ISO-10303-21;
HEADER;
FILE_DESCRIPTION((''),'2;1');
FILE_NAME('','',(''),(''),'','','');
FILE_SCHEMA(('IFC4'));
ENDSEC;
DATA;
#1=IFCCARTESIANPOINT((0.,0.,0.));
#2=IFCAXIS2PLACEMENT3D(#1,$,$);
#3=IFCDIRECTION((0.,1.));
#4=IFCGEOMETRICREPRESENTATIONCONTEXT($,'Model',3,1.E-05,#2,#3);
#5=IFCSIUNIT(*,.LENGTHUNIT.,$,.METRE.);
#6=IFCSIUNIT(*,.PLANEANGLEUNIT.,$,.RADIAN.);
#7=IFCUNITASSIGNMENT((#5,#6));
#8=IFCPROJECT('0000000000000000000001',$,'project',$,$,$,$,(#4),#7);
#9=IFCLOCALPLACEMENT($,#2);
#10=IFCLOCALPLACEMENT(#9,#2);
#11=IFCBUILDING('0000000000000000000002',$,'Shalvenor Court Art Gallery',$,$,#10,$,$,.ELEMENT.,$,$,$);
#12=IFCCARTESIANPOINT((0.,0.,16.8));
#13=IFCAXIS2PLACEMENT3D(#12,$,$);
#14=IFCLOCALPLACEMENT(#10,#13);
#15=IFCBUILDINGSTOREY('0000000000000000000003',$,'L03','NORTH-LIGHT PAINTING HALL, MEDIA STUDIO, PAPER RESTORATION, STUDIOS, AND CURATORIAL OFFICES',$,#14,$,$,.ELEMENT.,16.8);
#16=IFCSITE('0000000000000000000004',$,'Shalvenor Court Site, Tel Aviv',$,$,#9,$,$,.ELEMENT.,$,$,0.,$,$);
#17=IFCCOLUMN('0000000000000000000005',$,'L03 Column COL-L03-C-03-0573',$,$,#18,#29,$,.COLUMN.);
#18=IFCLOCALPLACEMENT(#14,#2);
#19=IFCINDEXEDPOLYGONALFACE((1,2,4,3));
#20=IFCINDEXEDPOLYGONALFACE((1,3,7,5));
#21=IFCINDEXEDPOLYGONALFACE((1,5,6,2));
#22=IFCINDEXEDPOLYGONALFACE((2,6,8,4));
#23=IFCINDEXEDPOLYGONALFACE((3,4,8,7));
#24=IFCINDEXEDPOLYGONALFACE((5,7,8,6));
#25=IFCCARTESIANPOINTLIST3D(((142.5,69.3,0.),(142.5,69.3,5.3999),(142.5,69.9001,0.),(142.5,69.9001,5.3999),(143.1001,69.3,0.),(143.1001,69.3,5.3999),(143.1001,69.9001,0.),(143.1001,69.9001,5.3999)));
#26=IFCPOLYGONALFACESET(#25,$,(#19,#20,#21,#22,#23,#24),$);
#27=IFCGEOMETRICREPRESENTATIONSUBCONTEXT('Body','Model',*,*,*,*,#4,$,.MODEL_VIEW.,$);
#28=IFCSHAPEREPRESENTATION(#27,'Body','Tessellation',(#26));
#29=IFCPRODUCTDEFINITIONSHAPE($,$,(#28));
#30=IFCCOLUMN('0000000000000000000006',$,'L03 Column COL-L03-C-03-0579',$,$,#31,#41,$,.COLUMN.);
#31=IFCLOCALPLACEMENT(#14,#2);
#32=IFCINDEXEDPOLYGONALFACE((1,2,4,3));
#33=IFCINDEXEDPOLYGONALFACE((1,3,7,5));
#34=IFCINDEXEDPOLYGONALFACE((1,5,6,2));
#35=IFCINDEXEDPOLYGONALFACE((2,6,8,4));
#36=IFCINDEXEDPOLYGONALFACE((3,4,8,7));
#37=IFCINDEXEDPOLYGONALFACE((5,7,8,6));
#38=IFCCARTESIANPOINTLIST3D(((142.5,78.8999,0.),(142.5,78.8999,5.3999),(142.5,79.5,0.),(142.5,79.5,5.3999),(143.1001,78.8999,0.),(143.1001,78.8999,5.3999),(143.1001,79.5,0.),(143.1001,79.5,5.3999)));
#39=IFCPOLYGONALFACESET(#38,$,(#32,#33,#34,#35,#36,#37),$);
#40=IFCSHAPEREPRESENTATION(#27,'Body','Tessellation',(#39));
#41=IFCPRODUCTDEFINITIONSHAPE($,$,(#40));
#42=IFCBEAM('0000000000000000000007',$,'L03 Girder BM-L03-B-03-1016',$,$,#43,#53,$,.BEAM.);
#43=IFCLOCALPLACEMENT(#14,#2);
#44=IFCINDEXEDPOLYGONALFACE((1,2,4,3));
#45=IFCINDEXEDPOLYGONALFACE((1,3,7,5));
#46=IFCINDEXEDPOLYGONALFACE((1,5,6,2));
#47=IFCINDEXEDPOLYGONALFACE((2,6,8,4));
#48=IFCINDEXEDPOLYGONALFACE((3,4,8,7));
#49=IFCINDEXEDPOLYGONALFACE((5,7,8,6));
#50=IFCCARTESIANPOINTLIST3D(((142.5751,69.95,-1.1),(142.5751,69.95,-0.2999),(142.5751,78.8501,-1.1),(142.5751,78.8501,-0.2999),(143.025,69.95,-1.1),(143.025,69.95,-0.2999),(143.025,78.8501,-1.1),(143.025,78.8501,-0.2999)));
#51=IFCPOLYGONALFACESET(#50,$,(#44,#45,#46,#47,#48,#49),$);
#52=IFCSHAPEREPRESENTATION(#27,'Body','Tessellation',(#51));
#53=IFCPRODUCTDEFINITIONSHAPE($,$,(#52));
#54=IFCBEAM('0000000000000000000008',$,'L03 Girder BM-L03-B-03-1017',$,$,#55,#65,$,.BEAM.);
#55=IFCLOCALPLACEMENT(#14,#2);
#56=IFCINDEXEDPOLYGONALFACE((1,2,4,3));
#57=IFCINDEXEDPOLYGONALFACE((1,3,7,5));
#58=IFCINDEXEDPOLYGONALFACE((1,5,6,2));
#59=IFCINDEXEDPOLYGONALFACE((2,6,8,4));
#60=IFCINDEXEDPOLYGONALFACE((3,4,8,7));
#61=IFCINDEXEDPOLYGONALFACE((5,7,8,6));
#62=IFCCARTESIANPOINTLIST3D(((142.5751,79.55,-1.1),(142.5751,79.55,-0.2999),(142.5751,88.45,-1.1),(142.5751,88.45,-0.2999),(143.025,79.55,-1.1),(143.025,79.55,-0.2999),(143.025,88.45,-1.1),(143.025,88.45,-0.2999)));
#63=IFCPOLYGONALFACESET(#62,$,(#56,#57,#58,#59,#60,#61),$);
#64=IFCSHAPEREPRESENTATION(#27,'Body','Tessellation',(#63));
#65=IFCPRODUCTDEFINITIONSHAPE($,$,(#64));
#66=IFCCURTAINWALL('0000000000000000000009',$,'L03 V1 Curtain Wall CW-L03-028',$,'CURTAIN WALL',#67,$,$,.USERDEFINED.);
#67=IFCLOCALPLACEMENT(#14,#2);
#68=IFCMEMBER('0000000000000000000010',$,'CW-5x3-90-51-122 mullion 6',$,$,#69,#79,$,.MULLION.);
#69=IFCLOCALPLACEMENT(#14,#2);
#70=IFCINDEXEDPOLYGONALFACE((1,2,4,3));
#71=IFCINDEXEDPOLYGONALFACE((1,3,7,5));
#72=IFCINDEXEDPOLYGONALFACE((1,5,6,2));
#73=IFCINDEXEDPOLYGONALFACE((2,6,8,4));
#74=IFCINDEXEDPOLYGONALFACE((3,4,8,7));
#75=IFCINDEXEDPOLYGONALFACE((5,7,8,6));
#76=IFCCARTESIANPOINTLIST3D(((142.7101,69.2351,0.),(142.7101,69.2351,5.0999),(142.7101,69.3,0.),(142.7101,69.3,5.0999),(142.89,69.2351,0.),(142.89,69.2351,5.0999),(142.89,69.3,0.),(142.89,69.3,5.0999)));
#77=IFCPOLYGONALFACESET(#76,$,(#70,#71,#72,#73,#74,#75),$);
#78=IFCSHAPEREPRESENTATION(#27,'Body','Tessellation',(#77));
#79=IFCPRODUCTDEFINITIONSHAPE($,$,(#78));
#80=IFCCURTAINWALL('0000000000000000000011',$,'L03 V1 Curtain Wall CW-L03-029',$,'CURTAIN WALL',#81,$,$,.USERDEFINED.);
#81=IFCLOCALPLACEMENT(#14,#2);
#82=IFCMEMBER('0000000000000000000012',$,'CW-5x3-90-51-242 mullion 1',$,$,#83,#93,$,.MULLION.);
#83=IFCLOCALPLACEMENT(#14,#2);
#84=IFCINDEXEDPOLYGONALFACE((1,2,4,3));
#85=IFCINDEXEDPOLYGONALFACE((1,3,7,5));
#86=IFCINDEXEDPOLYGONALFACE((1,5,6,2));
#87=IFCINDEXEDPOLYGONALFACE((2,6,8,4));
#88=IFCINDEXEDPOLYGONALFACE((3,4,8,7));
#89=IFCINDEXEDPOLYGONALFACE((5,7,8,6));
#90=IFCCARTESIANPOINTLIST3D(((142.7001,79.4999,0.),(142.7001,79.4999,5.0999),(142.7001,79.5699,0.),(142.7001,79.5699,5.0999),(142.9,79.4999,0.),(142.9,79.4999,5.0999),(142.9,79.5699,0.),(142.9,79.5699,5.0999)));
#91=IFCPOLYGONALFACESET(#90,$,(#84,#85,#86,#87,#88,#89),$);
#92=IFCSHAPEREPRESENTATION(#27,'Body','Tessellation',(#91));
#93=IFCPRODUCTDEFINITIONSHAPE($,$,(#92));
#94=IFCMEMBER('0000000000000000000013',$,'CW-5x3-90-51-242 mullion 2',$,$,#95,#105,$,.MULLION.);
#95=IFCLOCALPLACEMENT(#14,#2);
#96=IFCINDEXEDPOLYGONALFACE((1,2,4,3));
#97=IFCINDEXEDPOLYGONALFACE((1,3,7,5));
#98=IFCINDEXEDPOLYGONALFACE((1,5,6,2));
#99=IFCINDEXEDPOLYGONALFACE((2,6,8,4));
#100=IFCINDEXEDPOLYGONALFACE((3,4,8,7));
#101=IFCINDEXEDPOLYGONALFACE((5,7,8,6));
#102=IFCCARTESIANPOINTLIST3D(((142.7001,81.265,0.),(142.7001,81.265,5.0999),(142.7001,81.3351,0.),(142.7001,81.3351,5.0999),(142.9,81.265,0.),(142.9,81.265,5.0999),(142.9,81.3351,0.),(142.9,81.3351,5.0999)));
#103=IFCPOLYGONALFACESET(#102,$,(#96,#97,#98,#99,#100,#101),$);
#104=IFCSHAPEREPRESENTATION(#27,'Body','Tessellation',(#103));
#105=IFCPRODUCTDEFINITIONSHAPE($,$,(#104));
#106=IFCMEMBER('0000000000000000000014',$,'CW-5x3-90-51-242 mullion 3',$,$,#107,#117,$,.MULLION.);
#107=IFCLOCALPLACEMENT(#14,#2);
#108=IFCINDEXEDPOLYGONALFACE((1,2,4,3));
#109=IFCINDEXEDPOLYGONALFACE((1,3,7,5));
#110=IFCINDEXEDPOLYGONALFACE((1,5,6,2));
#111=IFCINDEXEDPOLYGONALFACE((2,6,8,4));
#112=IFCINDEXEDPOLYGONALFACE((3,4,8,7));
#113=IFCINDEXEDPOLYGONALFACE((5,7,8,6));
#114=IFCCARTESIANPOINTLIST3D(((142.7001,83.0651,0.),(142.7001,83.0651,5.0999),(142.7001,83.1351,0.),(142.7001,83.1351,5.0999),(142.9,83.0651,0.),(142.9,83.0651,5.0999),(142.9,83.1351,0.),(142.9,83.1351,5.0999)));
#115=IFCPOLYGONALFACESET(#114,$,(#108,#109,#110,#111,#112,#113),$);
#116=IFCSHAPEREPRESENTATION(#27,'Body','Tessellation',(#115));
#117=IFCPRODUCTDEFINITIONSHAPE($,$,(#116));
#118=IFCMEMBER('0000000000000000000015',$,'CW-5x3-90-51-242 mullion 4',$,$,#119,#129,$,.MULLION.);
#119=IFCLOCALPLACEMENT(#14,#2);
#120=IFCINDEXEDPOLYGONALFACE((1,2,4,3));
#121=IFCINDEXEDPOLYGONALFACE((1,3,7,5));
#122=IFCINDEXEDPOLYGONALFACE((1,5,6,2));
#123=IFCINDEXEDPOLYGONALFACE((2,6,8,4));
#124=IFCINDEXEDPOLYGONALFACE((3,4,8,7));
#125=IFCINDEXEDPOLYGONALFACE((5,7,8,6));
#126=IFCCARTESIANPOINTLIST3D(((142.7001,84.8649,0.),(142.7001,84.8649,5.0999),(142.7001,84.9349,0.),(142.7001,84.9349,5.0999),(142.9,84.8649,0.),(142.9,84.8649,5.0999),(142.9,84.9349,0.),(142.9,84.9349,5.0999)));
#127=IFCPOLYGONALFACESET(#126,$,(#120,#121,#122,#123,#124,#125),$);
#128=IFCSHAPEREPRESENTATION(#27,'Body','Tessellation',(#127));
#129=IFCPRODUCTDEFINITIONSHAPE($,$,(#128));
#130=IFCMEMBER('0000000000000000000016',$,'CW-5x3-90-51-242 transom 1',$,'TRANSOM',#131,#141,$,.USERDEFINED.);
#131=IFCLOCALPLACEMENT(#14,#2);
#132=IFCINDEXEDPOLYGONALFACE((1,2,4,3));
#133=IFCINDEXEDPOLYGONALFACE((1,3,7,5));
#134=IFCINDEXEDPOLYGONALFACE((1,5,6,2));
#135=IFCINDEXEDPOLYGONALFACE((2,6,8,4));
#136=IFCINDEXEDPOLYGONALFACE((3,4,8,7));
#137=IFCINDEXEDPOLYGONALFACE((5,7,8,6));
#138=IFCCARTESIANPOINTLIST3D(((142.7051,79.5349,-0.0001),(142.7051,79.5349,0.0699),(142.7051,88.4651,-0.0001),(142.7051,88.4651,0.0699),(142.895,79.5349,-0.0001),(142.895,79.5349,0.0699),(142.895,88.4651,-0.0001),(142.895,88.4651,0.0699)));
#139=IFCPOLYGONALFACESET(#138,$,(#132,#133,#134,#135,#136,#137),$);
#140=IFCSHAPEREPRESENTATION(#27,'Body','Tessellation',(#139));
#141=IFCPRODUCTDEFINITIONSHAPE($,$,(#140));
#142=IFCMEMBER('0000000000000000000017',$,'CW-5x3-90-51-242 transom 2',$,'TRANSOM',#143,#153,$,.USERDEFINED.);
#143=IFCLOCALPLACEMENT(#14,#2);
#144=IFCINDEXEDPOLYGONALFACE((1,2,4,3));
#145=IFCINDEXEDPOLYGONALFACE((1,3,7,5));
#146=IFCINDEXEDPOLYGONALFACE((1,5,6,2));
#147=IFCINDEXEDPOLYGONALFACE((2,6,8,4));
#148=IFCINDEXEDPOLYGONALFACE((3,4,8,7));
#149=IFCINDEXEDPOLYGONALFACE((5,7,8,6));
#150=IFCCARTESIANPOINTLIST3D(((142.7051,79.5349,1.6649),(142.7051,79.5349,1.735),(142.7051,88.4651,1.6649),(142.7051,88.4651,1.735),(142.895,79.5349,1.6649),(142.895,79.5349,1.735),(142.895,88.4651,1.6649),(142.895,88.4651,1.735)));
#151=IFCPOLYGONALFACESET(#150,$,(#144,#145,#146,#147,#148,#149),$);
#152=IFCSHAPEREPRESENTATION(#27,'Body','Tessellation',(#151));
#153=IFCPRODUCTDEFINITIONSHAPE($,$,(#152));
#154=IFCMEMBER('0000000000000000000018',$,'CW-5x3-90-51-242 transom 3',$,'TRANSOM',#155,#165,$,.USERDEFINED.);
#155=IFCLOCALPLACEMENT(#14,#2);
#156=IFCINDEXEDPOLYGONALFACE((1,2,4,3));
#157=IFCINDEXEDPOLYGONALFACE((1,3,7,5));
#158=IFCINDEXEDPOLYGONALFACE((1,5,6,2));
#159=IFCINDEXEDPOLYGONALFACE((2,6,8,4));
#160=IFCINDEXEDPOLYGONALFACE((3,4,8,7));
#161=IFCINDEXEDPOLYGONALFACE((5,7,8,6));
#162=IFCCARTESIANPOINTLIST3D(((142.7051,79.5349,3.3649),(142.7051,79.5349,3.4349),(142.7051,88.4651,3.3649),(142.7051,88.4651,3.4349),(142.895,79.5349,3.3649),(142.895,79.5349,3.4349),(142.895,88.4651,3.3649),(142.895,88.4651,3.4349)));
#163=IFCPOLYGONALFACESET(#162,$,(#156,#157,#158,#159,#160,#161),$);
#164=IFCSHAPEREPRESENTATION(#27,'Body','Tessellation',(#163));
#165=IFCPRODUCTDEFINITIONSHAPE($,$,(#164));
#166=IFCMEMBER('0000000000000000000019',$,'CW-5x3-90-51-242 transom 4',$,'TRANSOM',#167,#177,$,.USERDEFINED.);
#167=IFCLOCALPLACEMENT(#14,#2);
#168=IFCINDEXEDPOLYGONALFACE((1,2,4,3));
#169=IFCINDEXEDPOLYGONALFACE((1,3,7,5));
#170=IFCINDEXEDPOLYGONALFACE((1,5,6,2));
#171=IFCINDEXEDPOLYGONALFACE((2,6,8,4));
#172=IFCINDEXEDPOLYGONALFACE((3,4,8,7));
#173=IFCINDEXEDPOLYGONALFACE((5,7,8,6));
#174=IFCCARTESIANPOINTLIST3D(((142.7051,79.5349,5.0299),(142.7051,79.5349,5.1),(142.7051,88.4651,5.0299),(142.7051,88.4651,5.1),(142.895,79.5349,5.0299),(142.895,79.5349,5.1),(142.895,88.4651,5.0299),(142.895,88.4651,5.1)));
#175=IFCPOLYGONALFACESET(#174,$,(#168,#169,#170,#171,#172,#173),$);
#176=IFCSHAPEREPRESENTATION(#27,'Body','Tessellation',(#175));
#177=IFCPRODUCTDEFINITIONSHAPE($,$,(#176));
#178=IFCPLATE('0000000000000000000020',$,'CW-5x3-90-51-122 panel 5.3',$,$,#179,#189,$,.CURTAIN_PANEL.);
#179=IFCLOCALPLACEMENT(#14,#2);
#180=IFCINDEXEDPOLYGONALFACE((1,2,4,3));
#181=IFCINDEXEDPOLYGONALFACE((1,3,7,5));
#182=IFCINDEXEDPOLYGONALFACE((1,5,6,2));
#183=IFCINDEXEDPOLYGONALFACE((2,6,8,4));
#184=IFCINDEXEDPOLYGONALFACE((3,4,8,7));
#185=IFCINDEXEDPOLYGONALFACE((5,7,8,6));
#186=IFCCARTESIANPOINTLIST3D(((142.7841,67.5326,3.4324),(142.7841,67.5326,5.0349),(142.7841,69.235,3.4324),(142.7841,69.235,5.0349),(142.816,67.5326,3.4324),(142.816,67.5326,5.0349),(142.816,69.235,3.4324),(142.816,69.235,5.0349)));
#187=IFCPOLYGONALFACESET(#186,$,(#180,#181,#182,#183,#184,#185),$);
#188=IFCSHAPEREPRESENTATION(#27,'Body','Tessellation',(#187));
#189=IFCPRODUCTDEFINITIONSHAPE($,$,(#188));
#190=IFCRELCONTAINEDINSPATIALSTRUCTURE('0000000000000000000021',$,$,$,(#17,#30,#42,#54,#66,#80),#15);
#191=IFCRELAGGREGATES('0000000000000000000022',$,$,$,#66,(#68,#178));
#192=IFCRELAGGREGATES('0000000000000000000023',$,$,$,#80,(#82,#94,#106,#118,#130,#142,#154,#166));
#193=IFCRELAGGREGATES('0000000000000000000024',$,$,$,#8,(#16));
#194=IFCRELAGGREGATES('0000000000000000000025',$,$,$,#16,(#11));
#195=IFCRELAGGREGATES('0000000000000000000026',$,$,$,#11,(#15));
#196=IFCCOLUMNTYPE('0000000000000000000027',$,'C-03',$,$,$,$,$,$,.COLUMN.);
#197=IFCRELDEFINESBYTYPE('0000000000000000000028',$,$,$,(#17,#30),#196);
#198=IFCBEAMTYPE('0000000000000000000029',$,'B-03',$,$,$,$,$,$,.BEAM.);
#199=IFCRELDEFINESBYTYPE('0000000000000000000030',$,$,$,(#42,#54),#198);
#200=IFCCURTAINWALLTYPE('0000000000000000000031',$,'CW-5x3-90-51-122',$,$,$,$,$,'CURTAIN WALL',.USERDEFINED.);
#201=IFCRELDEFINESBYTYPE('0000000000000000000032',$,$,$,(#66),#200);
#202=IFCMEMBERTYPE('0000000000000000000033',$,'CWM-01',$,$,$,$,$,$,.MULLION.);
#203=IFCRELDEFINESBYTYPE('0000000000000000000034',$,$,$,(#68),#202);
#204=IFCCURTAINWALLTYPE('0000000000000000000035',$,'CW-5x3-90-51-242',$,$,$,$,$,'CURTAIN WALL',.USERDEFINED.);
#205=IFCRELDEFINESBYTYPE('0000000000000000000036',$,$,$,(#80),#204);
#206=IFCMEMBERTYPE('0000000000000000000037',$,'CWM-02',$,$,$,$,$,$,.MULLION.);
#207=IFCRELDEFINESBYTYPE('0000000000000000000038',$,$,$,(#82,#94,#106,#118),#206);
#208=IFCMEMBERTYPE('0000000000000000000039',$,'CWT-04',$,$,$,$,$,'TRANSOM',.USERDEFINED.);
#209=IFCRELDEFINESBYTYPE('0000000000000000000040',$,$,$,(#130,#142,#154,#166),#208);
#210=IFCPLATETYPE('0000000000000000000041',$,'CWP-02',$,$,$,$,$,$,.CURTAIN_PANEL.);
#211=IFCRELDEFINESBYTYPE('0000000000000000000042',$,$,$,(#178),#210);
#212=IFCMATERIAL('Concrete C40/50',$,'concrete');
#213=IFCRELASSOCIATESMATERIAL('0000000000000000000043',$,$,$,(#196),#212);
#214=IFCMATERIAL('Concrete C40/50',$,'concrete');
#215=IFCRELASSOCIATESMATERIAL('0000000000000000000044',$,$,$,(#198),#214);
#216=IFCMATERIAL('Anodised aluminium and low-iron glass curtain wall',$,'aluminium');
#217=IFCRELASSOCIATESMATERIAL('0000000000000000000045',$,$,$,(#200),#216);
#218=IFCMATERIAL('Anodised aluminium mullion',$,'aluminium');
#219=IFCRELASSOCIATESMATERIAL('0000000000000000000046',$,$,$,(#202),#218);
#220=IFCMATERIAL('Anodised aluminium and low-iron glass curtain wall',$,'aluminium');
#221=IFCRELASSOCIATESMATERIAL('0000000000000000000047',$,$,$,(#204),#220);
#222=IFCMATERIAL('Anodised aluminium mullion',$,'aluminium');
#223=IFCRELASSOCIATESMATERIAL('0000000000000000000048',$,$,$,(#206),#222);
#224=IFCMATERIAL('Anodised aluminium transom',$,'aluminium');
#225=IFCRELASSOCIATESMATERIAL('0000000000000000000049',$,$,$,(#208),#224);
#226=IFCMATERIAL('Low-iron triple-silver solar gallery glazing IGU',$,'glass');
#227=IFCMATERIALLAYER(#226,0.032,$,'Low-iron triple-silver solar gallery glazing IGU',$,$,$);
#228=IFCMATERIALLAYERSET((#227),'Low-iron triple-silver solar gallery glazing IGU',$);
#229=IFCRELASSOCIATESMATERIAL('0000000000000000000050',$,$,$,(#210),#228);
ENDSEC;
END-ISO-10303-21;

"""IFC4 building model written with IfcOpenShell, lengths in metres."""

from ifc_helpers import new_model, si_unit, direction, frame, origin, origin_2d, place, context, subcontext, project, spatial, rectangle, extrude, material, layer, layer_set, material_profile, profile_set, type_object, element, aggregate, save


model = new_model("IFC4")

# Units and contexts
model_context = context("Model", 3, precision=1e-05, world=origin(), true_north=direction((0.0, 1.0)))
body_context = subcontext(model_context, "Body", "Model", "MODEL_VIEW")
ifc_project = project(units=[si_unit("LENGTHUNIT", "METRE"), si_unit("PLANEANGLEUNIT", "RADIAN")], contexts=[model_context])

# Site, building, storey
site_placement = place(None, origin())
site = spatial("IfcSite", under=ifc_project, at=site_placement, Name="Shalvenor Court Site, Tel Aviv", CompositionType="ELEMENT", RefElevation=0.0)
building_placement = place(site_placement, origin())
building = spatial("IfcBuilding", under=site, at=building_placement, Name="Shalvenor Court Art Gallery", CompositionType="ELEMENT")
storey_placement = place(building_placement, frame((0.0, 0.0, 16.8)))
storey = spatial("IfcBuildingStorey", under=building, at=storey_placement, Name="L03", Description="NORTH-LIGHT PAINTING HALL, MEDIA STUDIO, PAPER RESTORATION, STUDIOS, AND CURATORIAL OFFICES", CompositionType="ELEMENT", Elevation=16.8)

# Columns
ifc_material_1 = material(Name="Concrete C40/50", Category="concrete")
ifc_material_profile_1 = material_profile(ifc_material_1, rectangle(XDim=0.6001, YDim=0.6001, at=origin_2d()), Name="RC 600x600")
ifc_profile_set_1 = profile_set([ifc_material_profile_1], Name="Concrete C40/50")
column_type = type_object("IfcColumnType", Name="C-03", PredefinedType="COLUMN", material=ifc_profile_set_1)
for number, where, z_axis, x_axis, name in (
    (1, (142.8, 69.6001, 0.0), (0.0, 0.0, 1.0), (1.0, 0.0, 0.0), "L03 Column COL-L03-C-03-0573"),
    (2, (142.8, 79.2, 0.0), (0.0, 0.0, 1.0), (1.0, 0.0, 0.0), "L03 Column COL-L03-C-03-0579"),
):
    element("IfcColumn", number, at=place(storey_placement, frame(where, z_axis=z_axis, x_axis=x_axis)), inside=storey, type_object=column_type, Name=name, PredefinedType="COLUMN", context=body_context, shape_type="SweptSolid", body=[
        extrude(rectangle(XDim=0.6001, YDim=0.6001, at=origin_2d()), origin(), (0.0, 0.0, 1.0), 5.3999),
    ])

# Beams
ifc_material_2 = material(Name="Concrete C40/50", Category="concrete")
ifc_material_profile_2 = material_profile(ifc_material_2, rectangle(XDim=0.45, YDim=0.8, at=origin_2d()), Name="RC 450x800")
ifc_profile_set_2 = profile_set([ifc_material_profile_2], Name="Concrete C40/50")
beam_type = type_object("IfcBeamType", Name="B-03", PredefinedType="BEAM", material=ifc_profile_set_2)
beam_1_placement = place(storey_placement, frame((142.8, 69.95, -0.7), z_axis=(0.0, 1.0, 0.0), x_axis=(-1.0, 0.0, 0.0)))
element("IfcBeam", 3, at=beam_1_placement, inside=storey, type_object=beam_type, Name="L03 Girder BM-L03-B-03-1016", PredefinedType="BEAM", context=body_context, shape_type="SweptSolid", body=[
    extrude(rectangle(XDim=0.45, YDim=0.8, at=origin_2d()), origin(), (0.0, 0.0, 1.0), 8.9001),
])
beam_2_placement = place(storey_placement, frame((142.8, 79.55, -0.7), z_axis=(0.0, 1.0, 0.0), x_axis=(-1.0, 0.0, 0.0)))
element("IfcBeam", 4, at=beam_2_placement, inside=storey, type_object=beam_type, Name="L03 Girder BM-L03-B-03-1017", PredefinedType="BEAM", context=body_context, shape_type="SweptSolid", body=[
    extrude(rectangle(XDim=0.45, YDim=0.8, at=origin_2d()), origin(), (0.0, 0.0, 1.0), 8.8999),
])

# Curtain wall, member
ifc_material_3 = material(Name="Anodised aluminium and low-iron glass curtain wall", Category="aluminium")
curtain_wall_type_1 = type_object("IfcCurtainWallType", Name="CW-5x3-90-51-122", ElementType="CURTAIN WALL", PredefinedType="USERDEFINED", material=ifc_material_3)
curtain_wall_1_placement = place(storey_placement, origin())
curtain_wall_1 = element("IfcCurtainWall", 5, at=curtain_wall_1_placement, inside=storey, type_object=curtain_wall_type_1, Name="L03 V1 Curtain Wall CW-L03-028", ObjectType="CURTAIN WALL", PredefinedType="USERDEFINED")
ifc_material_4 = material(Name="Anodised aluminium mullion", Category="aluminium")
ifc_material_profile_3 = material_profile(ifc_material_4, rectangle(XDim=0.0649, YDim=0.1799, at=origin_2d()), Name="CWM-01")
ifc_profile_set_3 = profile_set([ifc_material_profile_3], Name="Anodised aluminium mullion")
member_type_1 = type_object("IfcMemberType", Name="CWM-01", PredefinedType="MULLION", material=ifc_profile_set_3)
member_1_placement = place(storey_placement, frame((142.8, 69.2676, 0.0), z_axis=(0.0, 0.0, 1.0), x_axis=(0.0, 1.0, 0.0)))
member_1 = element("IfcMember", 6, at=member_1_placement, type_object=member_type_1, Name="CW-5x3-90-51-122 mullion 6", PredefinedType="MULLION", context=body_context, shape_type="SweptSolid", body=[
    extrude(rectangle(XDim=0.0649, YDim=0.1799, at=origin_2d()), origin(), (0.0, 0.0, 1.0), 5.0999),
])

# Curtain wall, members
ifc_material_5 = material(Name="Anodised aluminium and low-iron glass curtain wall", Category="aluminium")
curtain_wall_type_2 = type_object("IfcCurtainWallType", Name="CW-5x3-90-51-242", ElementType="CURTAIN WALL", PredefinedType="USERDEFINED", material=ifc_material_5)
curtain_wall_2_placement = place(storey_placement, origin())
curtain_wall_2 = element("IfcCurtainWall", 7, at=curtain_wall_2_placement, inside=storey, type_object=curtain_wall_type_2, Name="L03 V1 Curtain Wall CW-L03-029", ObjectType="CURTAIN WALL", PredefinedType="USERDEFINED")
ifc_material_6 = material(Name="Anodised aluminium mullion", Category="aluminium")
ifc_material_profile_4 = material_profile(ifc_material_6, rectangle(XDim=0.0701, YDim=0.2, at=origin_2d()), Name="CWM-02")
ifc_profile_set_4 = profile_set([ifc_material_profile_4], Name="Anodised aluminium mullion")
member_type_2 = type_object("IfcMemberType", Name="CWM-02", PredefinedType="MULLION", material=ifc_profile_set_4)
member_2_placement = place(storey_placement, frame((142.8, 79.5349, 0.0), z_axis=(0.0, 0.0, 1.0), x_axis=(0.0, 1.0, 0.0)))
member_2 = element("IfcMember", 8, at=member_2_placement, type_object=member_type_2, Name="CW-5x3-90-51-242 mullion 1", PredefinedType="MULLION", context=body_context, shape_type="SweptSolid", body=[
    extrude(rectangle(XDim=0.0701, YDim=0.2, at=origin_2d()), origin(), (0.0, 0.0, 1.0), 5.0999),
])
member_3_placement = place(storey_placement, frame((142.8, 81.3, 0.0), z_axis=(0.0, 0.0, 1.0), x_axis=(0.0, 1.0, 0.0)))
member_3 = element("IfcMember", 9, at=member_3_placement, type_object=member_type_2, Name="CW-5x3-90-51-242 mullion 2", PredefinedType="MULLION", context=body_context, shape_type="SweptSolid", body=[
    extrude(rectangle(XDim=0.0701, YDim=0.2, at=origin_2d()), origin(), (0.0, 0.0, 1.0), 5.0999),
])
member_4_placement = place(storey_placement, frame((142.8, 83.1001, 0.0), z_axis=(0.0, 0.0, 1.0), x_axis=(0.0, 1.0, 0.0)))
member_4 = element("IfcMember", 10, at=member_4_placement, type_object=member_type_2, Name="CW-5x3-90-51-242 mullion 3", PredefinedType="MULLION", context=body_context, shape_type="SweptSolid", body=[
    extrude(rectangle(XDim=0.0701, YDim=0.2, at=origin_2d()), origin(), (0.0, 0.0, 1.0), 5.0999),
])
member_5_placement = place(storey_placement, frame((142.8, 84.8999, 0.0), z_axis=(0.0, 0.0, 1.0), x_axis=(0.0, 1.0, 0.0)))
member_5 = element("IfcMember", 11, at=member_5_placement, type_object=member_type_2, Name="CW-5x3-90-51-242 mullion 4", PredefinedType="MULLION", context=body_context, shape_type="SweptSolid", body=[
    extrude(rectangle(XDim=0.0701, YDim=0.2, at=origin_2d()), origin(), (0.0, 0.0, 1.0), 5.0999),
])
ifc_material_7 = material(Name="Anodised aluminium transom", Category="aluminium")
ifc_material_profile_5 = material_profile(ifc_material_7, rectangle(XDim=0.1899, YDim=0.0701, at=origin_2d()), Name="CWT-04")
ifc_profile_set_5 = profile_set([ifc_material_profile_5], Name="Anodised aluminium transom")
member_type_3 = type_object("IfcMemberType", Name="CWT-04", ElementType="TRANSOM", PredefinedType="USERDEFINED", material=ifc_profile_set_5)
member_6_placement = place(storey_placement, frame((142.8, 79.5349, 0.0349), z_axis=(0.0, 1.0, 0.0), x_axis=(-1.0, 0.0, 0.0)))
member_6 = element("IfcMember", 12, at=member_6_placement, type_object=member_type_3, Name="CW-5x3-90-51-242 transom 1", ObjectType="TRANSOM", PredefinedType="USERDEFINED", context=body_context, shape_type="SweptSolid", body=[
    extrude(rectangle(XDim=0.1899, YDim=0.0701, at=origin_2d()), origin(), (0.0, 0.0, 1.0), 8.9302),
])
member_7_placement = place(storey_placement, frame((142.8, 79.5349, 1.7), z_axis=(0.0, 1.0, 0.0), x_axis=(-1.0, 0.0, 0.0)))
member_7 = element("IfcMember", 13, at=member_7_placement, type_object=member_type_3, Name="CW-5x3-90-51-242 transom 2", ObjectType="TRANSOM", PredefinedType="USERDEFINED", context=body_context, shape_type="SweptSolid", body=[
    extrude(rectangle(XDim=0.1899, YDim=0.0701, at=origin_2d()), origin(), (0.0, 0.0, 1.0), 8.9302),
])
member_8_placement = place(storey_placement, frame((142.8, 79.5349, 3.3999), z_axis=(0.0, 1.0, 0.0), x_axis=(-1.0, 0.0, 0.0)))
member_8 = element("IfcMember", 14, at=member_8_placement, type_object=member_type_3, Name="CW-5x3-90-51-242 transom 3", ObjectType="TRANSOM", PredefinedType="USERDEFINED", context=body_context, shape_type="SweptSolid", body=[
    extrude(rectangle(XDim=0.1899, YDim=0.0701, at=origin_2d()), origin(), (0.0, 0.0, 1.0), 8.9302),
])
member_9_placement = place(storey_placement, frame((142.8, 79.5349, 5.0649), z_axis=(0.0, 1.0, 0.0), x_axis=(-1.0, 0.0, 0.0)))
member_9 = element("IfcMember", 15, at=member_9_placement, type_object=member_type_3, Name="CW-5x3-90-51-242 transom 4", ObjectType="TRANSOM", PredefinedType="USERDEFINED", context=body_context, shape_type="SweptSolid", body=[
    extrude(rectangle(XDim=0.1899, YDim=0.0701, at=origin_2d()), origin(), (0.0, 0.0, 1.0), 8.9302),
])

# Plate
ifc_material_8 = material(Name="Low-iron triple-silver solar gallery glazing IGU", Category="glass")
ifc_layer_1 = layer(ifc_material_8, 0.032, Name="Low-iron triple-silver solar gallery glazing IGU")
ifc_layer_set_1 = layer_set([ifc_layer_1], Name="Low-iron triple-silver solar gallery glazing IGU")
plate_type_1 = type_object("IfcPlateType", Name="CWP-02", PredefinedType="CURTAIN_PANEL", material=ifc_layer_set_1)
plate_1_placement = place(storey_placement, frame((142.8, 68.3838, 3.4324), z_axis=(0.0, 0.0, 1.0), x_axis=(0.0, 1.0, 0.0)))
plate_1 = element("IfcPlate", 16, at=plate_1_placement, type_object=plate_type_1, Name="CW-5x3-90-51-122 panel 5.3", PredefinedType="CURTAIN_PANEL", context=body_context, shape_type="SweptSolid", body=[
    extrude(rectangle(XDim=1.7024, YDim=0.032, at=origin_2d()), origin(), (0.0, 0.0, 1.0), 1.6025),
])
aggregate(curtain_wall_1, [member_1, plate_1])
aggregate(curtain_wall_2, [member_2, member_3, member_4, member_5, member_6, member_7, member_8, member_9])

save(model, "model.ifc")
